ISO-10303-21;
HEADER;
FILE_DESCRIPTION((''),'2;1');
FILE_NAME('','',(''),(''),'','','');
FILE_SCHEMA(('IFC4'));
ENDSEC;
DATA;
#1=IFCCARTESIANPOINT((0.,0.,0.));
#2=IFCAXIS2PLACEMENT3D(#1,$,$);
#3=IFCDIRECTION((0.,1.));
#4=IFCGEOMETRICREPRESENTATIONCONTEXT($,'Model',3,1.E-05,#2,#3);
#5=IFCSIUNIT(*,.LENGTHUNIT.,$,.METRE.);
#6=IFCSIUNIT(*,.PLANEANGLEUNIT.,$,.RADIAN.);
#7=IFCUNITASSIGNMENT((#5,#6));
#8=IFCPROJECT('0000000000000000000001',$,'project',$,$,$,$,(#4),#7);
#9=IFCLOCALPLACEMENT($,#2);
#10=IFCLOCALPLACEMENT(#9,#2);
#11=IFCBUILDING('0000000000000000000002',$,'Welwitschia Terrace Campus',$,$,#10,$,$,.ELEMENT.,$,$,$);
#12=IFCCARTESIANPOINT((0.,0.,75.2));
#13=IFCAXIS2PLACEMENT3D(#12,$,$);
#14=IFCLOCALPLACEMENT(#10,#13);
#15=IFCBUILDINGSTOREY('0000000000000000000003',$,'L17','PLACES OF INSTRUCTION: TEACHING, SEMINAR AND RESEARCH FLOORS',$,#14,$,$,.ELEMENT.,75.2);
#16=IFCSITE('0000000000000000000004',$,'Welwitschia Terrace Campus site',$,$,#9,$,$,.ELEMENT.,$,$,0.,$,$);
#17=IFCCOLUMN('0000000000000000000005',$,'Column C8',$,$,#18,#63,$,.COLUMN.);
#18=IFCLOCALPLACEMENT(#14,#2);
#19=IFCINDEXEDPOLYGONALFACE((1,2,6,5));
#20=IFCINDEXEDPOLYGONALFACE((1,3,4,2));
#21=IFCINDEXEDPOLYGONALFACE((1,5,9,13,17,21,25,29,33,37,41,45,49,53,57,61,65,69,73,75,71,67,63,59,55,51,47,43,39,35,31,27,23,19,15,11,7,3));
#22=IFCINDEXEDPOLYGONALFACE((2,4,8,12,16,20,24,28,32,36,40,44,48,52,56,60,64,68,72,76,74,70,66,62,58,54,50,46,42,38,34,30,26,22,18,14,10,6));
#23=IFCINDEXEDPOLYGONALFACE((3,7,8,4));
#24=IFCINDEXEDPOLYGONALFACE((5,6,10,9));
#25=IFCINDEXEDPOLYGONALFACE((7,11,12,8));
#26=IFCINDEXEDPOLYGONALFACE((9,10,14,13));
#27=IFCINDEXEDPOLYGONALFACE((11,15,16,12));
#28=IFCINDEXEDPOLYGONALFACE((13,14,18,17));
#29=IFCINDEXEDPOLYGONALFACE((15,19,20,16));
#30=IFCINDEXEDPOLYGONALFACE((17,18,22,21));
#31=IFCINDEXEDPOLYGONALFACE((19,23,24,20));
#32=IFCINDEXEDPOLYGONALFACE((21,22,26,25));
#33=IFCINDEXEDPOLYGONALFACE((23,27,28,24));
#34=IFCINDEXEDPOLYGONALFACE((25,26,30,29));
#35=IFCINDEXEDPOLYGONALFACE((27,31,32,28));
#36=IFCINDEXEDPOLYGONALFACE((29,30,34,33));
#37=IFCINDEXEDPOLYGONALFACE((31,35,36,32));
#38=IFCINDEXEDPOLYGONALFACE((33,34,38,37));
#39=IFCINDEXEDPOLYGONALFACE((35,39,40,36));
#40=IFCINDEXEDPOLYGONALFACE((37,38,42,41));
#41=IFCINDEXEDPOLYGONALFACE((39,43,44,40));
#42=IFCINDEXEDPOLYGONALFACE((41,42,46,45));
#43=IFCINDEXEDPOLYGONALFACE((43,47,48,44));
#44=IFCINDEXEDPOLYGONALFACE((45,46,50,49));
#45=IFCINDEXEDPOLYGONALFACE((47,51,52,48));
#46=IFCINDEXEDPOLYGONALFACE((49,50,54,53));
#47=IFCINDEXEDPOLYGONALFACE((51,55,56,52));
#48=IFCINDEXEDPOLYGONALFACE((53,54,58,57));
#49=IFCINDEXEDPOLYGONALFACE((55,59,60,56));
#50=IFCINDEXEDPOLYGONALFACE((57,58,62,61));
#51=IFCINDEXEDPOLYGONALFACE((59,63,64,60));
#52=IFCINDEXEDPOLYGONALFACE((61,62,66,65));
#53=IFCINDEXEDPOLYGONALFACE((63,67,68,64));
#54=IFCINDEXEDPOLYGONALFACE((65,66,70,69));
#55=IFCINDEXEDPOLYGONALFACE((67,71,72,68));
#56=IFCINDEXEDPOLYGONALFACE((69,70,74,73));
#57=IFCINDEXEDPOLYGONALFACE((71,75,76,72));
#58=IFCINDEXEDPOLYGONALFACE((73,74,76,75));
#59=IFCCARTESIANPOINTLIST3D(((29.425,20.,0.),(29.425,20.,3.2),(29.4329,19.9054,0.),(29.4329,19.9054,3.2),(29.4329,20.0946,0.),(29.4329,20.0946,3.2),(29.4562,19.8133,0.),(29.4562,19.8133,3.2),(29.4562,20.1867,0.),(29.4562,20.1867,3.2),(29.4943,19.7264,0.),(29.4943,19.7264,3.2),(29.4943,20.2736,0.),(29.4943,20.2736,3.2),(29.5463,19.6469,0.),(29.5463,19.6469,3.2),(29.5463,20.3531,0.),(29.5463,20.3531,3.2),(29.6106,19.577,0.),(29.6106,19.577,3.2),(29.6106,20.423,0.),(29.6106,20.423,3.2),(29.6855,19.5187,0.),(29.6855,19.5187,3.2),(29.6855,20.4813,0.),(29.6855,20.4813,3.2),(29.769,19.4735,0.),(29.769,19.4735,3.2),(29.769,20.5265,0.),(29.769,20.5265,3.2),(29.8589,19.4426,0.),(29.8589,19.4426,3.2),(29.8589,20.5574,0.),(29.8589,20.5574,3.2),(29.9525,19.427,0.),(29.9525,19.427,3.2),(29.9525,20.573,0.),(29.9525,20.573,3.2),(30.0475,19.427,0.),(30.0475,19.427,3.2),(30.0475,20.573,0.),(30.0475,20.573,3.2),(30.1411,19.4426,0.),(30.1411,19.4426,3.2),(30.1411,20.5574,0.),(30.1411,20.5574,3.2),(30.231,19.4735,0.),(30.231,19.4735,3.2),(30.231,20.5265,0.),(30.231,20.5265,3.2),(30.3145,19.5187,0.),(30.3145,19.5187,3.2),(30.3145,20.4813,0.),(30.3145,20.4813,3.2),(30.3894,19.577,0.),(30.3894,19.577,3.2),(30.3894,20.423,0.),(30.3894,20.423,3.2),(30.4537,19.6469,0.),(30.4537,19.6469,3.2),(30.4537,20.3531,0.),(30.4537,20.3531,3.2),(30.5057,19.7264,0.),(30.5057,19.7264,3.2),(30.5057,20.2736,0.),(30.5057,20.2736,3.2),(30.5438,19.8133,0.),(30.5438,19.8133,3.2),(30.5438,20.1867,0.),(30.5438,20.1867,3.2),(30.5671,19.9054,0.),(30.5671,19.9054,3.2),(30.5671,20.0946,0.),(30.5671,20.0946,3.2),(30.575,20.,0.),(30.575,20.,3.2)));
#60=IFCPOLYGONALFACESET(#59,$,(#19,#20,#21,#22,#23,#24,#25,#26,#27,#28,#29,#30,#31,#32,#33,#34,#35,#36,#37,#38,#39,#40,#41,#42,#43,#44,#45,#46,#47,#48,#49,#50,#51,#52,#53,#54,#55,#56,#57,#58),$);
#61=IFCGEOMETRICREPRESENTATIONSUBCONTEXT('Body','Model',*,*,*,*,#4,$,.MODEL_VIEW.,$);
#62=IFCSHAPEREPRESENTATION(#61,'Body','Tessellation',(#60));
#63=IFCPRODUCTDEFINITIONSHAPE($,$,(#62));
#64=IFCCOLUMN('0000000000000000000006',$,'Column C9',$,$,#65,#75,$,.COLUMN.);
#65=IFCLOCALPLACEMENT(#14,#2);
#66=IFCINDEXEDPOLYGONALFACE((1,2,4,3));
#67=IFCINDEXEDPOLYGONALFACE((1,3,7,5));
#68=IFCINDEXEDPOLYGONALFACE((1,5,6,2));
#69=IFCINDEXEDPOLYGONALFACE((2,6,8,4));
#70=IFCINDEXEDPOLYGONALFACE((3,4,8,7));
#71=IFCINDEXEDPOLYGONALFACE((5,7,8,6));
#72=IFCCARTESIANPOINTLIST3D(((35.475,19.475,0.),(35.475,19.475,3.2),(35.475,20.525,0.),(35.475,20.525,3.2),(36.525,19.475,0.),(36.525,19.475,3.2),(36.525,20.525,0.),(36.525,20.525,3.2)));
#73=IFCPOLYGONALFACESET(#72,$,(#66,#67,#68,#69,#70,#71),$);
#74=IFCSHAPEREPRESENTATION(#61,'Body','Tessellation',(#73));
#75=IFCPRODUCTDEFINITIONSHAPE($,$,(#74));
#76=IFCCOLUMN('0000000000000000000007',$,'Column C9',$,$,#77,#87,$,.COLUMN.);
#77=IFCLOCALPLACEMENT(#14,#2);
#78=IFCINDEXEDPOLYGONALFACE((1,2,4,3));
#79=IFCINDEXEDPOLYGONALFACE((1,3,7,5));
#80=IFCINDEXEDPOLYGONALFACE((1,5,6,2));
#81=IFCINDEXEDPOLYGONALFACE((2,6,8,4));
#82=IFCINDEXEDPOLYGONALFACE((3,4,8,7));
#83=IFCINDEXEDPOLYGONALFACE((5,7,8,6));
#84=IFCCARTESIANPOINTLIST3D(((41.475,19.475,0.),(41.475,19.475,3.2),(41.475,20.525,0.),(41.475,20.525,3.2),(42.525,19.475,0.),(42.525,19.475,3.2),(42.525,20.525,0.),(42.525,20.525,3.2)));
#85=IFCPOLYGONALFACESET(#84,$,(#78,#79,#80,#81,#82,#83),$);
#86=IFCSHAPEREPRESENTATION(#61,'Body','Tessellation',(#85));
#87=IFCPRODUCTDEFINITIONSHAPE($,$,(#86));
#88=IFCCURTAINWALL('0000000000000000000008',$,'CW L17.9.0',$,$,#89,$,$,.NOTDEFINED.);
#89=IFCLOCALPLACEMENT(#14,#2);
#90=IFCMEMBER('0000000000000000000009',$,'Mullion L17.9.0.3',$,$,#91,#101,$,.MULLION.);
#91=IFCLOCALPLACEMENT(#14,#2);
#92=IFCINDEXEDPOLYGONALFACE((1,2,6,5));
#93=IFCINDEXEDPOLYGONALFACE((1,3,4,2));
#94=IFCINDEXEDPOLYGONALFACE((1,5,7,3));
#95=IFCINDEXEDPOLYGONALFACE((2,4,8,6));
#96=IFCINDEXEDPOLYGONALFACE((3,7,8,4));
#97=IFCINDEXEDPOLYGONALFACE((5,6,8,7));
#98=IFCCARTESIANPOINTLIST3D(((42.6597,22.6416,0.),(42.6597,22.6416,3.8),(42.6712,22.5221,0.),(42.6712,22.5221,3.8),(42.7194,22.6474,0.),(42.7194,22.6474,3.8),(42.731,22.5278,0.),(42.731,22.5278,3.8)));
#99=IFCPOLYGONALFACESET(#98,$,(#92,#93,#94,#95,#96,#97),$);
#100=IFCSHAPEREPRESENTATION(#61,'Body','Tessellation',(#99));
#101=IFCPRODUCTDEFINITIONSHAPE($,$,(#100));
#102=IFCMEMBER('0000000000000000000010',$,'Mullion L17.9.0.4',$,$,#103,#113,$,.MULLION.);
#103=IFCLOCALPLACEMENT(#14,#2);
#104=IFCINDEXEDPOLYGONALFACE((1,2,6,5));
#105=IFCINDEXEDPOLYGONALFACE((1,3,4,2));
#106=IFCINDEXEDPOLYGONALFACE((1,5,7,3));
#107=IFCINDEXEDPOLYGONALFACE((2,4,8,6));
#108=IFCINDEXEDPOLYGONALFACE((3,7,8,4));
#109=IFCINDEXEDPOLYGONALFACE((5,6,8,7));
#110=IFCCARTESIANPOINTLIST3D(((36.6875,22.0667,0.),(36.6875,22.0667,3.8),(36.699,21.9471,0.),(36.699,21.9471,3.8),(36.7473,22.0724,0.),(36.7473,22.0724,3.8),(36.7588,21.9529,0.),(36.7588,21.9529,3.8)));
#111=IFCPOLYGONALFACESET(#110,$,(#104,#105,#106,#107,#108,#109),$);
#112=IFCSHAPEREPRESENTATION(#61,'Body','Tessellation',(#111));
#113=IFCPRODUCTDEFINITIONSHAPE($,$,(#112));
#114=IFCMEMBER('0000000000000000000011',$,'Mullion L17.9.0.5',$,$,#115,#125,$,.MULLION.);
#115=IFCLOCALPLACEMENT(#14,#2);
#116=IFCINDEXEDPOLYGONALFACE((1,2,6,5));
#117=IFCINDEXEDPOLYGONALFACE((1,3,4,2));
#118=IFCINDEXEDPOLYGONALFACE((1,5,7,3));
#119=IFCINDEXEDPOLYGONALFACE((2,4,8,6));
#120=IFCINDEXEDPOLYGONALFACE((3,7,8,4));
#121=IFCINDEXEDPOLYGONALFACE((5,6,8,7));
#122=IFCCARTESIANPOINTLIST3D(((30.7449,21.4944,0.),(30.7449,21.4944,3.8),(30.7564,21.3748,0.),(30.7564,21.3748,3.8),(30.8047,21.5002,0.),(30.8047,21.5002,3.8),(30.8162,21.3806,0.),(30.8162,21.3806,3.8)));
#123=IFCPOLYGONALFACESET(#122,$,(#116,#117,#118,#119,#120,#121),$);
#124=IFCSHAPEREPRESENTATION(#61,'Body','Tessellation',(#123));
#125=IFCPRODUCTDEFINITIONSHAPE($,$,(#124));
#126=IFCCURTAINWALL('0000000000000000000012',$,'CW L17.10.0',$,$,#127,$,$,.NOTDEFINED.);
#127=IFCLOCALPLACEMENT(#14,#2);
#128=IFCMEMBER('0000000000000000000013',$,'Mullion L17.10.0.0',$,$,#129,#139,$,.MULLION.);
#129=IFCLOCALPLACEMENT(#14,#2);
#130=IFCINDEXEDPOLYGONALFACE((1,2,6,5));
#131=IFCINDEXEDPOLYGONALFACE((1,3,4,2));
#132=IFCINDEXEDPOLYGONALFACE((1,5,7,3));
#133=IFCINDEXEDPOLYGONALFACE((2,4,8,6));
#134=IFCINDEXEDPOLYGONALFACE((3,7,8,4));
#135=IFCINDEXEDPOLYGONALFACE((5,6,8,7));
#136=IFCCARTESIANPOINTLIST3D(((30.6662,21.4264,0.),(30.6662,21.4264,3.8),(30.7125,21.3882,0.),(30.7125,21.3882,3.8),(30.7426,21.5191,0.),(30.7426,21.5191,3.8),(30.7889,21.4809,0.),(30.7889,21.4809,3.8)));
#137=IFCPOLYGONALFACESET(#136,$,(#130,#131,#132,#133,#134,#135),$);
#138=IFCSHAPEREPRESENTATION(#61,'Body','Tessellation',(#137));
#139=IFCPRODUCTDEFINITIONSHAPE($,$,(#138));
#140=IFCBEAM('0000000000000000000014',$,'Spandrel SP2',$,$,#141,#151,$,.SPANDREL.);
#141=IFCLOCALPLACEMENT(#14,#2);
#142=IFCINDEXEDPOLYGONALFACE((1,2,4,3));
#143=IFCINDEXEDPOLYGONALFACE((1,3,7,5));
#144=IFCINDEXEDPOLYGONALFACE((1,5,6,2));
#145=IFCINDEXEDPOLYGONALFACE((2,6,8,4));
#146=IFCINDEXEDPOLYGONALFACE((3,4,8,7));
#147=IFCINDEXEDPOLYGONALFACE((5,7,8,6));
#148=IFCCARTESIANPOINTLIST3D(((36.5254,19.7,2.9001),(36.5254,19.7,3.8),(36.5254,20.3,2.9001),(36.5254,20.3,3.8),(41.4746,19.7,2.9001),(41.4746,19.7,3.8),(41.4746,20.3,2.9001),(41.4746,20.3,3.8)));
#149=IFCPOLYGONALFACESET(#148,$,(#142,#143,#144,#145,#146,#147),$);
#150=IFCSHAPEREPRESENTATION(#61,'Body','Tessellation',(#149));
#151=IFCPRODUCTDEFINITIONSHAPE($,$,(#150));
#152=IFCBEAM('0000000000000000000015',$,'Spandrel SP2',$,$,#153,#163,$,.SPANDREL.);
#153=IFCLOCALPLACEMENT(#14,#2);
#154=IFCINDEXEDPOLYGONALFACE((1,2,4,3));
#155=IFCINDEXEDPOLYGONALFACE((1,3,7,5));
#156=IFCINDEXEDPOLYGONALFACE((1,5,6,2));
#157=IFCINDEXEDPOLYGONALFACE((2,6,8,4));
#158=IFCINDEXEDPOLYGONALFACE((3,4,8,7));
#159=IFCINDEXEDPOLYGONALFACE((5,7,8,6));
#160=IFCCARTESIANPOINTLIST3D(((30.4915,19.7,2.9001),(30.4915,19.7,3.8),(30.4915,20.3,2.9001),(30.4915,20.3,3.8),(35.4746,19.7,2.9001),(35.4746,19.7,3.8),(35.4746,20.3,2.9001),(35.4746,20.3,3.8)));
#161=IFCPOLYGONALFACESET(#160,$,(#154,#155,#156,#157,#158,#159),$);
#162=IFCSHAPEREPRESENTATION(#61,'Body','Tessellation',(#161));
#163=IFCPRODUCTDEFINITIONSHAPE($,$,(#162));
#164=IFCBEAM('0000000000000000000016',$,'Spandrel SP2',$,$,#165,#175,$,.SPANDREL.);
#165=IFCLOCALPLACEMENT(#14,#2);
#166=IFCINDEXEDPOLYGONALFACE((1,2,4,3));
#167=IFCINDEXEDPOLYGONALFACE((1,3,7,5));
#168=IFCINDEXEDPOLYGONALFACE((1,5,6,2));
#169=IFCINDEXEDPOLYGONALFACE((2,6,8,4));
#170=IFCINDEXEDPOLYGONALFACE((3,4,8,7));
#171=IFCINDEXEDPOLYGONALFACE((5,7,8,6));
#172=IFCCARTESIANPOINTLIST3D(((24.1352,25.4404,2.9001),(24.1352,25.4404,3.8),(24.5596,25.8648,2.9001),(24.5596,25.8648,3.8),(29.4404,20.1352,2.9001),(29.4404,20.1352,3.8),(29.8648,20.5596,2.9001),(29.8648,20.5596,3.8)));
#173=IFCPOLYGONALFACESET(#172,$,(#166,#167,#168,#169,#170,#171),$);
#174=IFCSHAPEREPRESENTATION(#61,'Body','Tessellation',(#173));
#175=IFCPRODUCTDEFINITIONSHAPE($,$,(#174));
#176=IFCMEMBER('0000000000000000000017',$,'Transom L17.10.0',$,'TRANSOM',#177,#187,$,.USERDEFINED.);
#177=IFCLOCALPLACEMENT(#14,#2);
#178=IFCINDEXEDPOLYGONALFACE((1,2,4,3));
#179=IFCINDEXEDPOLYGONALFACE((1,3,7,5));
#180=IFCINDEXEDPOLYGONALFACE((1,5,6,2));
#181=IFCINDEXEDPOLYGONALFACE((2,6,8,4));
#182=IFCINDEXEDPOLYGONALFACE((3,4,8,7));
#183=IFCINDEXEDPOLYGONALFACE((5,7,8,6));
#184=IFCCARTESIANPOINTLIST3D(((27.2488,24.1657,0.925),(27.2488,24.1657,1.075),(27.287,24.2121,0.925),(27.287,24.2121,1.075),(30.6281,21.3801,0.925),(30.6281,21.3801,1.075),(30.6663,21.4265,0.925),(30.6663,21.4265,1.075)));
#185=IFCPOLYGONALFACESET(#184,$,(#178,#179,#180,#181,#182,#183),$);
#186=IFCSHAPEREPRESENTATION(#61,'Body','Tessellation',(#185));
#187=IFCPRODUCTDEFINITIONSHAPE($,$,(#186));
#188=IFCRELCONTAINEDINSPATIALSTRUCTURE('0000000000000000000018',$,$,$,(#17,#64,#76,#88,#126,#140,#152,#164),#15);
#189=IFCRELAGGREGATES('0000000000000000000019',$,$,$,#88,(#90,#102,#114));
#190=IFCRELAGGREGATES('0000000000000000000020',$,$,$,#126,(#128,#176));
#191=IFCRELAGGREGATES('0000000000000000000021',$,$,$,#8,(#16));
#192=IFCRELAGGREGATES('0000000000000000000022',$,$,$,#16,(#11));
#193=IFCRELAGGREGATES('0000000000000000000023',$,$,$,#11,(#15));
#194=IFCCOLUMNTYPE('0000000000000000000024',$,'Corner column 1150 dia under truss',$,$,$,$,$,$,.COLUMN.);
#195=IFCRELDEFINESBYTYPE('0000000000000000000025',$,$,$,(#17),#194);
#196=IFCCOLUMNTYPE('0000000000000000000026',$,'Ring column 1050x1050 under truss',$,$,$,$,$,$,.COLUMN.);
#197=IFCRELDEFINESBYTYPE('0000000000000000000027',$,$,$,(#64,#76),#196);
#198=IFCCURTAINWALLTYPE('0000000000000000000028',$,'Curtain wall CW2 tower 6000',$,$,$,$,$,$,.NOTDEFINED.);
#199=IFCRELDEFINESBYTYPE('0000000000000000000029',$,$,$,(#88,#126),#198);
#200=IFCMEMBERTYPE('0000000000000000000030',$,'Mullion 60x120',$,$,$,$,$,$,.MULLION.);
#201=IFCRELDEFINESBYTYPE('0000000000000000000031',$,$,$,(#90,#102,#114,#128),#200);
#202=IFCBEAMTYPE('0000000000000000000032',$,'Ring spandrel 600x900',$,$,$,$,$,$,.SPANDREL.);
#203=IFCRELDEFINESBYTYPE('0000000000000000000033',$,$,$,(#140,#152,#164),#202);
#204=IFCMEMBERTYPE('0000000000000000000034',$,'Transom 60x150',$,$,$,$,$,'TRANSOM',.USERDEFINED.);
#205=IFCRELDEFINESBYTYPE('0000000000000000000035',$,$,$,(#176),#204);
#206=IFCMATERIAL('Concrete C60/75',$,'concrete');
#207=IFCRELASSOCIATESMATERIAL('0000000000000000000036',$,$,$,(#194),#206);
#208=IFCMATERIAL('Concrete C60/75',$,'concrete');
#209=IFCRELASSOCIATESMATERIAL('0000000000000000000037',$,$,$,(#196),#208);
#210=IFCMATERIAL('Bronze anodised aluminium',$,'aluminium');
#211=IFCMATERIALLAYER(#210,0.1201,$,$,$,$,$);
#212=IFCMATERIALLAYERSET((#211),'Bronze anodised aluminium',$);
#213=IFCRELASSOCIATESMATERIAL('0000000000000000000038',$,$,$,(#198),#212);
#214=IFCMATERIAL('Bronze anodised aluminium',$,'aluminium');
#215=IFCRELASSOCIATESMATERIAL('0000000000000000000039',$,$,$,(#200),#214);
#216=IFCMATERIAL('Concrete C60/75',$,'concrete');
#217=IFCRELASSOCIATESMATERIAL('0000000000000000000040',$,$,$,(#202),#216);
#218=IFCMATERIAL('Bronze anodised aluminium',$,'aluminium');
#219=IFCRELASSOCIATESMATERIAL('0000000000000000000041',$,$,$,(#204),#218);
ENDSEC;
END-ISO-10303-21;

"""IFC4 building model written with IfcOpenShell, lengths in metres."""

from ifc_helpers import new_model, si_unit, direction, frame, origin, origin_2d, place, context, subcontext, project, spatial, rectangle, circle, extrude, material, layer, layer_set, material_profile, profile_set, type_object, element, aggregate, save


model = new_model("IFC4")

# Units and contexts
model_context = context("Model", 3, precision=1e-05, world=origin(), true_north=direction((0.0, 1.0)))
body_context = subcontext(model_context, "Body", "Model", "MODEL_VIEW")
ifc_project = project(units=[si_unit("LENGTHUNIT", "METRE"), si_unit("PLANEANGLEUNIT", "RADIAN")], contexts=[model_context])

# Site, building, storey
site_placement = place(None, origin())
site = spatial("IfcSite", under=ifc_project, at=site_placement, Name="Welwitschia Terrace Campus site", CompositionType="ELEMENT", RefElevation=0.0)
building_placement = place(site_placement, origin())
building = spatial("IfcBuilding", under=site, at=building_placement, Name="Welwitschia Terrace Campus", CompositionType="ELEMENT")
storey_placement = place(building_placement, frame((0.0, 0.0, 75.2)))
storey = spatial("IfcBuildingStorey", under=building, at=storey_placement, Name="L17", Description="PLACES OF INSTRUCTION: TEACHING, SEMINAR AND RESEARCH FLOORS", CompositionType="ELEMENT", Elevation=75.2)

# Columns
ifc_material_1 = material(Name="Concrete C60/75", Category="concrete")
ifc_material_profile_1 = material_profile(ifc_material_1, circle(Radius=0.575, at=origin_2d()))
ifc_profile_set_1 = profile_set([ifc_material_profile_1], Name="Concrete C60/75")
column_type_1 = type_object("IfcColumnType", Name="Corner column 1150 dia under truss", PredefinedType="COLUMN", material=ifc_profile_set_1)
column_placement = place(storey_placement, frame((30.0, 20.0, 0.0), z_axis=(0.0, 0.0, 1.0), x_axis=(1.0, 0.0, 0.0)))
element("IfcColumn", 1, at=column_placement, inside=storey, type_object=column_type_1, Name="Column C8", PredefinedType="COLUMN", context=body_context, shape_type="SweptSolid", body=[
    extrude(circle(Radius=0.575, at=origin_2d()), origin(), (0.0, 0.0, 1.0), 3.2),
])
ifc_material_2 = material(Name="Concrete C60/75", Category="concrete")
ifc_material_profile_2 = material_profile(ifc_material_2, rectangle(XDim=1.05, YDim=1.05, at=origin_2d()))
ifc_profile_set_2 = profile_set([ifc_material_profile_2], Name="Concrete C60/75")
column_type_2 = type_object("IfcColumnType", Name="Ring column 1050x1050 under truss", PredefinedType="COLUMN", material=ifc_profile_set_2)
for number, where, z_axis, x_axis, name in (
    (2, (36.0, 20.0, 0.0), (0.0, 0.0, 1.0), (1.0, 0.0, 0.0), "Column C9"),
    (3, (42.0, 20.0, 0.0), (0.0, 0.0, 1.0), (1.0, 0.0, 0.0), "Column C9"),
):
    element("IfcColumn", number, at=place(storey_placement, frame(where, z_axis=z_axis, x_axis=x_axis)), inside=storey, type_object=column_type_2, Name=name, PredefinedType="COLUMN", context=body_context, shape_type="SweptSolid", body=[
        extrude(rectangle(XDim=1.05, YDim=1.05, at=origin_2d()), origin(), (0.0, 0.0, 1.0), 3.2),
    ])

# Curtain wall, members
ifc_material_3 = material(Name="Bronze anodised aluminium", Category="aluminium")
ifc_layer_1 = layer(ifc_material_3, 0.1201)
ifc_layer_set_1 = layer_set([ifc_layer_1], Name="Bronze anodised aluminium")
curtain_wall_type = type_object("IfcCurtainWallType", Name="Curtain wall CW2 tower 6000", PredefinedType="NOTDEFINED", material=ifc_layer_set_1)
curtain_wall_1_placement = place(storey_placement, origin())
curtain_wall_1 = element("IfcCurtainWall", 4, at=curtain_wall_1_placement, inside=storey, type_object=curtain_wall_type, Name="CW L17.9.0", PredefinedType="NOTDEFINED")
ifc_material_4 = material(Name="Bronze anodised aluminium", Category="aluminium")
ifc_material_profile_3 = material_profile(ifc_material_4, rectangle(XDim=0.1201, YDim=0.0601, at=origin_2d()))
ifc_profile_set_3 = profile_set([ifc_material_profile_3], Name="Bronze anodised aluminium")
member_type_1 = type_object("IfcMemberType", Name="Mullion 60x120", PredefinedType="MULLION", material=ifc_profile_set_3)
member_1_placement = place(storey_placement, frame((42.6953, 22.5847, 0.0), z_axis=(0.0, 0.0, 1.0), x_axis=(0.095846, -0.995396, 0.0)))
member_1 = element("IfcMember", 5, at=member_1_placement, type_object=member_type_1, Name="Mullion L17.9.0.3", PredefinedType="MULLION", context=body_context, shape_type="SweptSolid", body=[
    extrude(rectangle(XDim=0.1201, YDim=0.0601, at=origin_2d()), origin(), (0.0, 0.0, 1.0), 3.8),
])
member_2_placement = place(storey_placement, frame((36.7231, 22.0098, 0.0), z_axis=(0.0, 0.0, 1.0), x_axis=(0.095846, -0.995396, 0.0)))
member_2 = element("IfcMember", 6, at=member_2_placement, type_object=member_type_1, Name="Mullion L17.9.0.4", PredefinedType="MULLION", context=body_context, shape_type="SweptSolid", body=[
    extrude(rectangle(XDim=0.1201, YDim=0.0601, at=origin_2d()), origin(), (0.0, 0.0, 1.0), 3.8),
])
member_3_placement = place(storey_placement, frame((30.7805, 21.4375, 0.0), z_axis=(0.0, 0.0, 1.0), x_axis=(0.095846, -0.995396, 0.0)))
member_3 = element("IfcMember", 7, at=member_3_placement, type_object=member_type_1, Name="Mullion L17.9.0.5", PredefinedType="MULLION", context=body_context, shape_type="SweptSolid", body=[
    extrude(rectangle(XDim=0.1201, YDim=0.0601, at=origin_2d()), origin(), (0.0, 0.0, 1.0), 3.8),
])

# Curtain wall, member
curtain_wall_2_placement = place(storey_placement, origin())
curtain_wall_2 = element("IfcCurtainWall", 8, at=curtain_wall_2_placement, inside=storey, type_object=curtain_wall_type, Name="CW L17.10.0", PredefinedType="NOTDEFINED")
member_4_placement = place(storey_placement, frame((30.7275, 21.4536, 0.0), z_axis=(0.0, 0.0, 1.0), x_axis=(-0.636078, -0.771625, 0.0)))
member_4 = element("IfcMember", 9, at=member_4_placement, type_object=member_type_1, Name="Mullion L17.10.0.0", PredefinedType="MULLION", context=body_context, shape_type="SweptSolid", body=[
    extrude(rectangle(XDim=0.1201, YDim=0.0601, at=origin_2d()), origin(), (0.0, 0.0, 1.0), 3.8),
])

# Beams
ifc_material_5 = material(Name="Concrete C60/75", Category="concrete")
ifc_material_profile_4 = material_profile(ifc_material_5, rectangle(XDim=0.6001, YDim=0.8999, at=origin_2d()))
ifc_profile_set_4 = profile_set([ifc_material_profile_4], Name="Concrete C60/75")
beam_type = type_object("IfcBeamType", Name="Ring spandrel 600x900", PredefinedType="SPANDREL", material=ifc_profile_set_4)
beam_1_placement = place(storey_placement, frame((41.4746, 20.0, 3.3501), z_axis=(-1.0, 0.0, 0.0), x_axis=(0.0, -1.0, 0.0)))
element("IfcBeam", 10, at=beam_1_placement, inside=storey, type_object=beam_type, Name="Spandrel SP2", PredefinedType="SPANDREL", context=body_context, shape_type="SweptSolid", body=[
    extrude(rectangle(XDim=0.6001, YDim=0.8999, at=origin_2d()), origin(), (0.0, 0.0, 1.0), 4.9492),
])
beam_2_placement = place(storey_placement, frame((35.4746, 20.0, 3.3501), z_axis=(-1.0, 0.0, 0.0), x_axis=(0.0, -1.0, 0.0)))
element("IfcBeam", 11, at=beam_2_placement, inside=storey, type_object=beam_type, Name="Spandrel SP2", PredefinedType="SPANDREL", context=body_context, shape_type="SweptSolid", body=[
    extrude(rectangle(XDim=0.6001, YDim=0.8999, at=origin_2d()), origin(), (0.0, 0.0, 1.0), 4.9832),
])
beam_3_placement = place(storey_placement, frame((29.6526, 20.3474, 3.3501), z_axis=(-0.707107, 0.707107, 0.0), x_axis=(-0.707107, -0.707107, 0.0)))
element("IfcBeam", 12, at=beam_3_placement, inside=storey, type_object=beam_type, Name="Spandrel SP2", PredefinedType="SPANDREL", context=body_context, shape_type="SweptSolid", body=[
    extrude(rectangle(XDim=0.6001, YDim=0.8999, at=origin_2d()), origin(), (0.0, 0.0, 1.0), 7.5027),
])

# Member
ifc_material_6 = material(Name="Bronze anodised aluminium", Category="aluminium")
ifc_material_profile_5 = material_profile(ifc_material_6, rectangle(XDim=0.0601, YDim=0.1499, at=origin_2d()))
ifc_profile_set_5 = profile_set([ifc_material_profile_5], Name="Bronze anodised aluminium")
member_type_2 = type_object("IfcMemberType", Name="Transom 60x150", ElementType="TRANSOM", PredefinedType="USERDEFINED", material=ifc_profile_set_5)
member_5_placement = place(storey_placement, frame((30.6472, 21.4033, 1.0), z_axis=(-0.771637, 0.636063, 0.0), x_axis=(-0.636063, -0.771637, 0.0)))
member_5 = element("IfcMember", 13, at=member_5_placement, type_object=member_type_2, Name="Transom L17.10.0", ObjectType="TRANSOM", PredefinedType="USERDEFINED", context=body_context, shape_type="SweptSolid", body=[
    extrude(rectangle(XDim=0.0601, YDim=0.1499, at=origin_2d()), origin(), (0.0, 0.0, 1.0), 4.3794),
])

aggregate(curtain_wall_1, [member_1, member_2, member_3])
aggregate(curtain_wall_2, [member_4, member_5])

save(model, "model.ifc")
